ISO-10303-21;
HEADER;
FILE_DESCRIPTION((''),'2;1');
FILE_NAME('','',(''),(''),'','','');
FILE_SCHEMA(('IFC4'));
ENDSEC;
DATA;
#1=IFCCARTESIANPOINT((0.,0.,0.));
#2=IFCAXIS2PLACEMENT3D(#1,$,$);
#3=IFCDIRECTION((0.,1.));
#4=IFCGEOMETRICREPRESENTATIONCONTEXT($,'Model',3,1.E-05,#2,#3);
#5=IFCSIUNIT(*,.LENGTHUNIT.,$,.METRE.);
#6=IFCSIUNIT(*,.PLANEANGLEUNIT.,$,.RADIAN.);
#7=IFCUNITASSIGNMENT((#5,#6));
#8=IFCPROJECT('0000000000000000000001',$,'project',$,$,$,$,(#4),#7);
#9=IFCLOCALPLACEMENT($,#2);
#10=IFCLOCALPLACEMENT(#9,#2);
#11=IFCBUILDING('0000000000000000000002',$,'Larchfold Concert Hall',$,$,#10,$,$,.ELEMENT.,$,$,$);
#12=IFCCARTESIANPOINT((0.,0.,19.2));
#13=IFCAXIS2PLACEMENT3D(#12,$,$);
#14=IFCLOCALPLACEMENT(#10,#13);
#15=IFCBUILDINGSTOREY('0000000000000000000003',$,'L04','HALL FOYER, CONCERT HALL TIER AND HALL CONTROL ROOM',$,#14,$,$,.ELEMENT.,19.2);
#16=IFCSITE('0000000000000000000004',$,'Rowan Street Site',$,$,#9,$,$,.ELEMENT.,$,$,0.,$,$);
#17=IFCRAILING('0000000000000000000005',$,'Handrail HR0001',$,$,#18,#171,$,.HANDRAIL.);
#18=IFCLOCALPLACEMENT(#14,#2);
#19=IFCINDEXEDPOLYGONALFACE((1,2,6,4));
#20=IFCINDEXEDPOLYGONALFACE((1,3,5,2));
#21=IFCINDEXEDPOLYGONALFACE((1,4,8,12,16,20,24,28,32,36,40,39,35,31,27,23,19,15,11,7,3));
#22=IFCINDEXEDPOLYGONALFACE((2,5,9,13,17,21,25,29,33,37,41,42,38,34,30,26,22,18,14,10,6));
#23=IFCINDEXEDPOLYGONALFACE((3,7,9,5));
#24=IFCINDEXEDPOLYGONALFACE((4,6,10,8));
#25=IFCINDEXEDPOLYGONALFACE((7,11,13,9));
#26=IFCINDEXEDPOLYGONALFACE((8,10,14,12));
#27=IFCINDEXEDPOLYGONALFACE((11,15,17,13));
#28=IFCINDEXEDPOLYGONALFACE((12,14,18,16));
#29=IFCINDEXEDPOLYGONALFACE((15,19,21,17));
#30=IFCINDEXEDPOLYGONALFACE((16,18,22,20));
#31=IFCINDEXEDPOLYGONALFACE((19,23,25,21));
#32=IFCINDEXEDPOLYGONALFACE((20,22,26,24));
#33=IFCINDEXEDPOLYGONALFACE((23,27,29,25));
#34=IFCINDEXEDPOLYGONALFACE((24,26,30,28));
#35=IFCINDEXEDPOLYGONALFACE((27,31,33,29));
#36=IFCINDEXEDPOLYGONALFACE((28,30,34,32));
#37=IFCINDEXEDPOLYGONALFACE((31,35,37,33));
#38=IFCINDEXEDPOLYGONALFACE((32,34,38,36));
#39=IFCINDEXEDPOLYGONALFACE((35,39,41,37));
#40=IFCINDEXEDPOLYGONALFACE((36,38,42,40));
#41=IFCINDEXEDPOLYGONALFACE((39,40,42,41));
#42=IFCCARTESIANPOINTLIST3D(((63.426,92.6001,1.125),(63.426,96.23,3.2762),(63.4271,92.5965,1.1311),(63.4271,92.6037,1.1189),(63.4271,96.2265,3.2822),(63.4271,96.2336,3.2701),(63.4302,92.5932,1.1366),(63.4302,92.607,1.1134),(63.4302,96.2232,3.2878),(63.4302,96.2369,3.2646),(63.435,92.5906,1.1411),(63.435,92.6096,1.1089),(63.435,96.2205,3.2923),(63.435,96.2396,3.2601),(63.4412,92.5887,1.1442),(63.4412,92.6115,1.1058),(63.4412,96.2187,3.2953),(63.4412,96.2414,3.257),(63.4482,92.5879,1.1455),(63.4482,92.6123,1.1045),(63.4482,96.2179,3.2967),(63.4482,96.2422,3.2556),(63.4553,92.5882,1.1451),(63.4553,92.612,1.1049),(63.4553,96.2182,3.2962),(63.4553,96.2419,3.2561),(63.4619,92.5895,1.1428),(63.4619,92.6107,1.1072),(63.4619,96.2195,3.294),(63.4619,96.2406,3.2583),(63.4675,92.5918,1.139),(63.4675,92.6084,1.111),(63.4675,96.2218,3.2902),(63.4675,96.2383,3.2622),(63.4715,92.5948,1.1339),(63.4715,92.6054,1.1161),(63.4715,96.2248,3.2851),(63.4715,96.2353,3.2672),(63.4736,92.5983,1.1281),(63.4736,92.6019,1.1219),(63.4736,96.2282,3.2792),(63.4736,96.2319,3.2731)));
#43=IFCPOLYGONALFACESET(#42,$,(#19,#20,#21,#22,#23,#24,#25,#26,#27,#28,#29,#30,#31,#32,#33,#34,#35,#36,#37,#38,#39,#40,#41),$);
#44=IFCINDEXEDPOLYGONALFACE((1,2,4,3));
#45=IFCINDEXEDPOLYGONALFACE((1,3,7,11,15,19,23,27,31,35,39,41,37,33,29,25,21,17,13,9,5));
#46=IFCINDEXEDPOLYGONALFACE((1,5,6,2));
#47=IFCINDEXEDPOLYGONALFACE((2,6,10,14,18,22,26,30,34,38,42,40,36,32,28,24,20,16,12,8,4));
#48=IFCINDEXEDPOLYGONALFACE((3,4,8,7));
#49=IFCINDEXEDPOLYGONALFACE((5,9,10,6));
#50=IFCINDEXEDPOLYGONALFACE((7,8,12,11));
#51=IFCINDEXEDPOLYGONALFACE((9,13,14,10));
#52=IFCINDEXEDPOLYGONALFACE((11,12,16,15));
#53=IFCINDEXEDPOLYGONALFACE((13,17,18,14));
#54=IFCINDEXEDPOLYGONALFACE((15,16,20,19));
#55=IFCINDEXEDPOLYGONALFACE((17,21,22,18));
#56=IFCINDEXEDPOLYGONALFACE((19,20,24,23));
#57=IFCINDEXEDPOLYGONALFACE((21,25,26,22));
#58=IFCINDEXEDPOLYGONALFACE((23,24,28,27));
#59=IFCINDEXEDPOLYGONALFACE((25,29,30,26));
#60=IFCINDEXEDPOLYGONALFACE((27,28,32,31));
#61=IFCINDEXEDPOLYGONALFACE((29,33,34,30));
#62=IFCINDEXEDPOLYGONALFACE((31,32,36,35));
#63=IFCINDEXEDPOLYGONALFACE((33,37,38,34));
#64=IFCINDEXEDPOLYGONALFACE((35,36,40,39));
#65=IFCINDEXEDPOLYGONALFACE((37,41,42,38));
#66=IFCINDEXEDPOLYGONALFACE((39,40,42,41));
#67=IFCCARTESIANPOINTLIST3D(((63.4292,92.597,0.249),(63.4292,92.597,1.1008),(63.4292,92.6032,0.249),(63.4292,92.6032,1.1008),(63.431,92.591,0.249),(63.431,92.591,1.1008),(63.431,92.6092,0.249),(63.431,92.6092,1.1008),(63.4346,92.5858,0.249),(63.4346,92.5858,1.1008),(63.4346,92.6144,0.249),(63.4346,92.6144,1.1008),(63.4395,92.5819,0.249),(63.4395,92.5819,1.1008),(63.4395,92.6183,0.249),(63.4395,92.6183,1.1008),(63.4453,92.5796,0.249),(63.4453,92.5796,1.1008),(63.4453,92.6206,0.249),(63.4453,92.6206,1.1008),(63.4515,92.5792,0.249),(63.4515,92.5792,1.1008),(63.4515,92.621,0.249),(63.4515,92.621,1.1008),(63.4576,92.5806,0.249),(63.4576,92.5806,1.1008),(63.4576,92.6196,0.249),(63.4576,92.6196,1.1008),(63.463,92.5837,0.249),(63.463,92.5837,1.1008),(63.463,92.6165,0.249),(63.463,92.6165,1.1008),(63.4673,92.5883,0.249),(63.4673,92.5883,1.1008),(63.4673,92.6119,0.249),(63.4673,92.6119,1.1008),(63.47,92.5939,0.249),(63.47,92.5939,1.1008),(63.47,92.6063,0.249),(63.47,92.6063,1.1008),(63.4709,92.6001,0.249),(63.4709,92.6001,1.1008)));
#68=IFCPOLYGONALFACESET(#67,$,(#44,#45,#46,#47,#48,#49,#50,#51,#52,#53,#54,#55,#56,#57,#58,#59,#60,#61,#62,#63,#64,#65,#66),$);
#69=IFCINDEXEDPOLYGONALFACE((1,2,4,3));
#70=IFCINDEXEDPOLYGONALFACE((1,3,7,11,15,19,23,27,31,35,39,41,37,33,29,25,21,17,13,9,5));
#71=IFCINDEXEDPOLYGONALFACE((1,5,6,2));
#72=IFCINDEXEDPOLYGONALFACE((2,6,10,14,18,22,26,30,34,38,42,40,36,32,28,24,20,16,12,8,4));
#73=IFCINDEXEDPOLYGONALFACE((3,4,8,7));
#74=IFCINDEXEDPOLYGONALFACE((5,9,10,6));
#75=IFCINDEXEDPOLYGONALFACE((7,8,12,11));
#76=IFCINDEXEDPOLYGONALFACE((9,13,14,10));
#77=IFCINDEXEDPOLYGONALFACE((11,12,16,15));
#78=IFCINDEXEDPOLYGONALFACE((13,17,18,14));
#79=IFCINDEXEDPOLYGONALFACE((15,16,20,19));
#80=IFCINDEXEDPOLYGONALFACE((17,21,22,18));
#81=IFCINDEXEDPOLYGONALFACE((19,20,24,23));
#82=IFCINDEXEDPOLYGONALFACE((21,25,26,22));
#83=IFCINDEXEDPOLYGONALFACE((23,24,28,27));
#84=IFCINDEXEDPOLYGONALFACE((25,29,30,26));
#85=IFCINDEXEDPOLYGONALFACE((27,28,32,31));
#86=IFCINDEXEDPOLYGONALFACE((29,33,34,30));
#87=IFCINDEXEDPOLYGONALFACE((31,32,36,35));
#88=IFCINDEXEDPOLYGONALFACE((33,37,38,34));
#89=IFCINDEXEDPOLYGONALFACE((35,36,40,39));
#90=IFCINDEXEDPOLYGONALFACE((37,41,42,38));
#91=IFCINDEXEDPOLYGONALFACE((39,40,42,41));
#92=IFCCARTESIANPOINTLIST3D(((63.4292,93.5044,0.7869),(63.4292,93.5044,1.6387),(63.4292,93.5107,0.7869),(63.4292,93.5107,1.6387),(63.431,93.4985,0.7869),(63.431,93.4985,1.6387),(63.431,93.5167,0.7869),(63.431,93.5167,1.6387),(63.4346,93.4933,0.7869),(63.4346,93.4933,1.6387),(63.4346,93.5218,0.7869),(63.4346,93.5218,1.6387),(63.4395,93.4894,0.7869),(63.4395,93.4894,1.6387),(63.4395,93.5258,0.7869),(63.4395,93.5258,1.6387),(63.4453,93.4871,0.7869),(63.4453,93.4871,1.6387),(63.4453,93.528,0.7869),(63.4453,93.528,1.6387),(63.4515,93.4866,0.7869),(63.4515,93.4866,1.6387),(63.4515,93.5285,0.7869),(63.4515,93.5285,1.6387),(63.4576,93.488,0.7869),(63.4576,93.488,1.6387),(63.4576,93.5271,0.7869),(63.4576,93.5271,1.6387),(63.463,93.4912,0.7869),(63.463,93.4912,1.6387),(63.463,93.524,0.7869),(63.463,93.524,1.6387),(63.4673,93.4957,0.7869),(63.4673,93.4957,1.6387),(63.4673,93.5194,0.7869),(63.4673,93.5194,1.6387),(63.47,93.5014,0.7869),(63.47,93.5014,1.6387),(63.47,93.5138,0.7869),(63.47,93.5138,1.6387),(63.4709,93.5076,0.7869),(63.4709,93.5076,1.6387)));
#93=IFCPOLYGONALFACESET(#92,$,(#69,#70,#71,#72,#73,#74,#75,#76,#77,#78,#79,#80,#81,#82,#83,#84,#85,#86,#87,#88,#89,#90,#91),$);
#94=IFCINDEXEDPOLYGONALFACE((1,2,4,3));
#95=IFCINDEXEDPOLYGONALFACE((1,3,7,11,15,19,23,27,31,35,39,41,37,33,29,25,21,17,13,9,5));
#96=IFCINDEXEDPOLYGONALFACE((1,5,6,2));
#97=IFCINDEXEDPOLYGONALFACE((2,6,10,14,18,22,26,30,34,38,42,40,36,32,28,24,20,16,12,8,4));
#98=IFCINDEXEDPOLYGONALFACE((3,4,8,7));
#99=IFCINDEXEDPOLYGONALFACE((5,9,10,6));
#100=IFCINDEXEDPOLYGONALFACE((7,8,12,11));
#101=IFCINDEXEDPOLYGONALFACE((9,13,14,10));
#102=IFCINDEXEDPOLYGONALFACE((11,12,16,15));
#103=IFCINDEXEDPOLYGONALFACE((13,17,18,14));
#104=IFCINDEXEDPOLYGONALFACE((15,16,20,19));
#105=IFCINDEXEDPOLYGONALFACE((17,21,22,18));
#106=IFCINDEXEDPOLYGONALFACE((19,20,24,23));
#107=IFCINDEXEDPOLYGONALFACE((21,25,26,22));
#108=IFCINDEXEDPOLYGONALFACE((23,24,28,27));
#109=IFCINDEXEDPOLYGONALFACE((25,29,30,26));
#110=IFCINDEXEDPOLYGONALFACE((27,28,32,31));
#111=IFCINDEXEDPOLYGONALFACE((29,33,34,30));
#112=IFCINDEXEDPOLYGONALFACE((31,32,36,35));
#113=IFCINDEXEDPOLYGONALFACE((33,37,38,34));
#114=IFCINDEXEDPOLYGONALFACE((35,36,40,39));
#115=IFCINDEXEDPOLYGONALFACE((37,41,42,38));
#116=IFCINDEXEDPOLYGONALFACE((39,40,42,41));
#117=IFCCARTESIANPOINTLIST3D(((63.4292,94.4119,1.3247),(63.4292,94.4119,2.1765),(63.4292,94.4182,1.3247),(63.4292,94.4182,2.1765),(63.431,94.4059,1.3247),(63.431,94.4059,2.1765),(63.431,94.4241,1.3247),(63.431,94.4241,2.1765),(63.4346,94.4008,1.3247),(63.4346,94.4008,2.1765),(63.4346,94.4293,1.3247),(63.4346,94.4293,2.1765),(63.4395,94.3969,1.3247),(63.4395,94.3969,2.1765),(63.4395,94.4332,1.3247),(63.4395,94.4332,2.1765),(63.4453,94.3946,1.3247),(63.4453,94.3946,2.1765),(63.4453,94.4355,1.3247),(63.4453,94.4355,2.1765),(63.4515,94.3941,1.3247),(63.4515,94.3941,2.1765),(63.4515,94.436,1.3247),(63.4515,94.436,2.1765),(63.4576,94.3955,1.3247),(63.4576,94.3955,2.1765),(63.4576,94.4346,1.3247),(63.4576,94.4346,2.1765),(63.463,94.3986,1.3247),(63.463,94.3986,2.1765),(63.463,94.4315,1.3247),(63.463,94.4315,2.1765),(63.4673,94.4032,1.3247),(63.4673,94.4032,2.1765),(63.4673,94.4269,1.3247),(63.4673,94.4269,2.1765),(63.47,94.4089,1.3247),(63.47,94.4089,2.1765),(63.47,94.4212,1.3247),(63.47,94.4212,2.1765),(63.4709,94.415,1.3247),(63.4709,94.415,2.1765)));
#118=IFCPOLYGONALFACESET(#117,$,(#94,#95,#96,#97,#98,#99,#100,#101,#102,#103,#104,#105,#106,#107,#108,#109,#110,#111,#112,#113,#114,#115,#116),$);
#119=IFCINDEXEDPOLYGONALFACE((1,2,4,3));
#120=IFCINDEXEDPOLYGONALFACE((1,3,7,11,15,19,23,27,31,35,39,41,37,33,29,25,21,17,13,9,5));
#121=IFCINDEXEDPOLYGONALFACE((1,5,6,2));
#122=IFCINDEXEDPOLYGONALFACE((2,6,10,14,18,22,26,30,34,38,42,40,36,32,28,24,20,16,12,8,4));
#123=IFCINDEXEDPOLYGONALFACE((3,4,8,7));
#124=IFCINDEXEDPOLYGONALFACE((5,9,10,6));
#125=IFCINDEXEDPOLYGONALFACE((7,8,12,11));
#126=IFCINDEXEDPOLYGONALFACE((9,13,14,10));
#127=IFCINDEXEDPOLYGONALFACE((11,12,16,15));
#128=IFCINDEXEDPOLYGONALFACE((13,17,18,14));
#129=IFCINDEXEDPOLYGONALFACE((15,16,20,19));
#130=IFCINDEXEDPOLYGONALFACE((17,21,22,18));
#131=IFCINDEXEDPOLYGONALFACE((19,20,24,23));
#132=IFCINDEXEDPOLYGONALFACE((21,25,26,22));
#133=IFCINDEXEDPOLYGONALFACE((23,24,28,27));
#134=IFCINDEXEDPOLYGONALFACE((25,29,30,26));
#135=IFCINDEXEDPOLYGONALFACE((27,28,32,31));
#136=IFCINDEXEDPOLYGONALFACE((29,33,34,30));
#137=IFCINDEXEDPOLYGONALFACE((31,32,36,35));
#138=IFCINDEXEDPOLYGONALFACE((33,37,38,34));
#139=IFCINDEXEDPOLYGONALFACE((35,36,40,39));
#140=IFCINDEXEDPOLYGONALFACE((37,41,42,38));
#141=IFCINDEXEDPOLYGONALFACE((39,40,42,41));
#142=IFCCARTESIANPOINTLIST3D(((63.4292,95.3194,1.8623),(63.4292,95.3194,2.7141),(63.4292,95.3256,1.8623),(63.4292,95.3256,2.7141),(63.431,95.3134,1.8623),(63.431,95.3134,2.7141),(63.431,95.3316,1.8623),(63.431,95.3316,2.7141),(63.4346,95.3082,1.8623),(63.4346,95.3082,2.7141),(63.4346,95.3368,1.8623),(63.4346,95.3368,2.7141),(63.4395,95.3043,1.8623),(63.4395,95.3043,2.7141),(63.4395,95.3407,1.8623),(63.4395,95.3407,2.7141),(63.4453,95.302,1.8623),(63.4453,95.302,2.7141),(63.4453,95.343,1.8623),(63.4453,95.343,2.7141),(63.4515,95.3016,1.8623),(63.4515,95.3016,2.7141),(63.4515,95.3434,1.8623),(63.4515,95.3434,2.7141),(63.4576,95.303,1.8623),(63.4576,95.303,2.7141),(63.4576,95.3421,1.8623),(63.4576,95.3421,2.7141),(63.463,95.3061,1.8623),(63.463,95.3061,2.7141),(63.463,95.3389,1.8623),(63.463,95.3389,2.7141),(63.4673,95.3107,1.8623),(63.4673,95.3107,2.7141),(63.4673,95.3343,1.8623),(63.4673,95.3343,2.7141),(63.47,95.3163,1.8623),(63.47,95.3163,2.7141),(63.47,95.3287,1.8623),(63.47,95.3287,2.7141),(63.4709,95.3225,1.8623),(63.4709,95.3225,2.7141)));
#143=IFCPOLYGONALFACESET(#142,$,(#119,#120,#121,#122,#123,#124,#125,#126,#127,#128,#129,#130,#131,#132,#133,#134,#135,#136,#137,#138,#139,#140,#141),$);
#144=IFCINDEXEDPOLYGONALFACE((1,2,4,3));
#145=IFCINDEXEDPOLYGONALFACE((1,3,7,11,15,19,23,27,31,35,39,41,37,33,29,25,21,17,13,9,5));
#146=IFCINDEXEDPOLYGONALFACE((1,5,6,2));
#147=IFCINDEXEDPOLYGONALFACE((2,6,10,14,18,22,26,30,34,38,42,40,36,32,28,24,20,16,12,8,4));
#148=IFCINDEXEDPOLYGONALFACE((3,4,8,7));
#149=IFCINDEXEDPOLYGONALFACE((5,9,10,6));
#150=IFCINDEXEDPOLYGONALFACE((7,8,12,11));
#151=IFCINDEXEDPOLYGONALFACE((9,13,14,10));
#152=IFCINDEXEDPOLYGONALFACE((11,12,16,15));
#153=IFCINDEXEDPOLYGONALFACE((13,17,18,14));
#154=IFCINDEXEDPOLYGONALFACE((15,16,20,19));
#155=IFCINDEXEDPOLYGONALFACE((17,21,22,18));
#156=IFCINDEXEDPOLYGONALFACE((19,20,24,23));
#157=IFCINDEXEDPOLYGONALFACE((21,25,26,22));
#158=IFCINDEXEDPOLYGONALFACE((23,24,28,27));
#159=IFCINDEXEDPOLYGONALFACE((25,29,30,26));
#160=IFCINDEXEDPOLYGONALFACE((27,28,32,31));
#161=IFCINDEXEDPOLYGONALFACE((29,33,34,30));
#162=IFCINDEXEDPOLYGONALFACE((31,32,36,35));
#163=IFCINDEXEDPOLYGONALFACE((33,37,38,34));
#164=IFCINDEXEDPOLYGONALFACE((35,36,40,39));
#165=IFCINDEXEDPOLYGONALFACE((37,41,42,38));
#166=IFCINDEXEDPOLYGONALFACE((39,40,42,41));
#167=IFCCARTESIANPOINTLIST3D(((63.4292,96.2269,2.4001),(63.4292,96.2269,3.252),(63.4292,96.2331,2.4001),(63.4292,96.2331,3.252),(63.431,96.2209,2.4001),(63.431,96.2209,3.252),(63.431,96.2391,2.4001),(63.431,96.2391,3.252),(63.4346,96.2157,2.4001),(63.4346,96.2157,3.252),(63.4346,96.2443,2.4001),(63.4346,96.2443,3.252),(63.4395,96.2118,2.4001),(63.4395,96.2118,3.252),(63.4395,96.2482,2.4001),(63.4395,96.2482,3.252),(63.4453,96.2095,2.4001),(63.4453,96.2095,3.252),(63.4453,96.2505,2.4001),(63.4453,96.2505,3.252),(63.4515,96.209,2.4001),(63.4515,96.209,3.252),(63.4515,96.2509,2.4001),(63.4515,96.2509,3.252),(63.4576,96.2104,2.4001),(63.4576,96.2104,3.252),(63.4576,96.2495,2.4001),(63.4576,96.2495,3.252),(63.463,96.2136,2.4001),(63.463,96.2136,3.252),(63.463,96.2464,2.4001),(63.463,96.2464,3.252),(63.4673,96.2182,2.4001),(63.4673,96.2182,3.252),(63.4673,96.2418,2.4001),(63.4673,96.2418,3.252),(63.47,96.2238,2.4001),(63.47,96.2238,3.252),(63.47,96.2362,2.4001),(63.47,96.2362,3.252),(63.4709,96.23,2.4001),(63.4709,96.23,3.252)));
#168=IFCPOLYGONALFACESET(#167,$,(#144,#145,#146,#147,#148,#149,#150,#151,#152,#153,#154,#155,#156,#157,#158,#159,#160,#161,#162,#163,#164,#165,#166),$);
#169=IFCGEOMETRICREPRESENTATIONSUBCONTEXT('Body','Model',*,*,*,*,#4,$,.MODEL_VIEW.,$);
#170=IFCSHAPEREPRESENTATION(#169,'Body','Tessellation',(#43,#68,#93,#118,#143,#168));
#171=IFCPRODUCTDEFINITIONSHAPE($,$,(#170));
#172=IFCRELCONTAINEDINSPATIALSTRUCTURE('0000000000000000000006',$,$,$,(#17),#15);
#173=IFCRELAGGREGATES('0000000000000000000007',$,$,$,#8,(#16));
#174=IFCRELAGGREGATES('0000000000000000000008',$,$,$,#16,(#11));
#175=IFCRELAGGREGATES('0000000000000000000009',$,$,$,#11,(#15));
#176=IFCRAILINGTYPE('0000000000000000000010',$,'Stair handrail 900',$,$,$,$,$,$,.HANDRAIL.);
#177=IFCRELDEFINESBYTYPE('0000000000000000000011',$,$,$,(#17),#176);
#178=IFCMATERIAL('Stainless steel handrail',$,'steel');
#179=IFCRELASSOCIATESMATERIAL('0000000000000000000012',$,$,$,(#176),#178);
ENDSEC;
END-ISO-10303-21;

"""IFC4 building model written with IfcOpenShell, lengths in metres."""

from ifc_helpers import new_model, si_unit, direction, frame, origin, origin_2d, place, context, subcontext, project, spatial, circle, extrude, material, type_object, element, save


model = new_model("IFC4")

# Units and contexts
model_context = context("Model", 3, precision=1e-05, world=origin(), true_north=direction((0.0, 1.0)))
body_context = subcontext(model_context, "Body", "Model", "MODEL_VIEW")
ifc_project = project(units=[si_unit("LENGTHUNIT", "METRE"), si_unit("PLANEANGLEUNIT", "RADIAN")], contexts=[model_context])

# Site, building, storey
site_placement = place(None, origin())
site = spatial("IfcSite", under=ifc_project, at=site_placement, Name="Rowan Street Site", CompositionType="ELEMENT", RefElevation=0.0)
building_placement = place(site_placement, origin())
building = spatial("IfcBuilding", under=site, at=building_placement, Name="Larchfold Concert Hall", CompositionType="ELEMENT")
storey_placement = place(building_placement, frame((0.0, 0.0, 19.2)))
storey = spatial("IfcBuildingStorey", under=building, at=storey_placement, Name="L04", Description="HALL FOYER, CONCERT HALL TIER AND HALL CONTROL ROOM", CompositionType="ELEMENT", Elevation=19.2)

# Railing
ifc_material_1 = material(Name="Stainless steel handrail", Category="steel")
railing_type_1 = type_object("IfcRailingType", Name="Stair handrail 900", PredefinedType="HANDRAIL", material=ifc_material_1)
railing_1_placement = place(storey_placement, frame((63.45, 92.6001, 0.249)))
element("IfcRailing", 1, at=railing_1_placement, inside=storey, type_object=railing_type_1, Name="Handrail HR0001", PredefinedType="HANDRAIL", context=body_context, shape_type="SweptSolid", body=[
    extrude(circle(Radius=0.0239, at=origin_2d()), frame((0.0, 0.0, 0.876), z_axis=(0.0, 0.860283, 0.509817), x_axis=(-1.0, 0.0, 0.0)), (0.0, 0.0, 1.0), 4.2195),
    extrude(circle(Radius=0.021, at=origin_2d()), origin(), (0.0, 0.0, 1.0), 0.8518),
    extrude(circle(Radius=0.021, at=origin_2d()), frame((0.0, 0.9075, 0.5378)), (0.0, 0.0, 1.0), 0.8518),
    extrude(circle(Radius=0.021, at=origin_2d()), frame((0.0, 1.8149, 1.0757)), (0.0, 0.0, 1.0), 0.8518),
    extrude(circle(Radius=0.021, at=origin_2d()), frame((0.0, 2.7224, 1.6133)), (0.0, 0.0, 1.0), 0.8518),
    extrude(circle(Radius=0.021, at=origin_2d()), frame((0.0, 3.6299, 2.1511)), (0.0, 0.0, 1.0), 0.8518),
])

save(model, "model.ifc")
